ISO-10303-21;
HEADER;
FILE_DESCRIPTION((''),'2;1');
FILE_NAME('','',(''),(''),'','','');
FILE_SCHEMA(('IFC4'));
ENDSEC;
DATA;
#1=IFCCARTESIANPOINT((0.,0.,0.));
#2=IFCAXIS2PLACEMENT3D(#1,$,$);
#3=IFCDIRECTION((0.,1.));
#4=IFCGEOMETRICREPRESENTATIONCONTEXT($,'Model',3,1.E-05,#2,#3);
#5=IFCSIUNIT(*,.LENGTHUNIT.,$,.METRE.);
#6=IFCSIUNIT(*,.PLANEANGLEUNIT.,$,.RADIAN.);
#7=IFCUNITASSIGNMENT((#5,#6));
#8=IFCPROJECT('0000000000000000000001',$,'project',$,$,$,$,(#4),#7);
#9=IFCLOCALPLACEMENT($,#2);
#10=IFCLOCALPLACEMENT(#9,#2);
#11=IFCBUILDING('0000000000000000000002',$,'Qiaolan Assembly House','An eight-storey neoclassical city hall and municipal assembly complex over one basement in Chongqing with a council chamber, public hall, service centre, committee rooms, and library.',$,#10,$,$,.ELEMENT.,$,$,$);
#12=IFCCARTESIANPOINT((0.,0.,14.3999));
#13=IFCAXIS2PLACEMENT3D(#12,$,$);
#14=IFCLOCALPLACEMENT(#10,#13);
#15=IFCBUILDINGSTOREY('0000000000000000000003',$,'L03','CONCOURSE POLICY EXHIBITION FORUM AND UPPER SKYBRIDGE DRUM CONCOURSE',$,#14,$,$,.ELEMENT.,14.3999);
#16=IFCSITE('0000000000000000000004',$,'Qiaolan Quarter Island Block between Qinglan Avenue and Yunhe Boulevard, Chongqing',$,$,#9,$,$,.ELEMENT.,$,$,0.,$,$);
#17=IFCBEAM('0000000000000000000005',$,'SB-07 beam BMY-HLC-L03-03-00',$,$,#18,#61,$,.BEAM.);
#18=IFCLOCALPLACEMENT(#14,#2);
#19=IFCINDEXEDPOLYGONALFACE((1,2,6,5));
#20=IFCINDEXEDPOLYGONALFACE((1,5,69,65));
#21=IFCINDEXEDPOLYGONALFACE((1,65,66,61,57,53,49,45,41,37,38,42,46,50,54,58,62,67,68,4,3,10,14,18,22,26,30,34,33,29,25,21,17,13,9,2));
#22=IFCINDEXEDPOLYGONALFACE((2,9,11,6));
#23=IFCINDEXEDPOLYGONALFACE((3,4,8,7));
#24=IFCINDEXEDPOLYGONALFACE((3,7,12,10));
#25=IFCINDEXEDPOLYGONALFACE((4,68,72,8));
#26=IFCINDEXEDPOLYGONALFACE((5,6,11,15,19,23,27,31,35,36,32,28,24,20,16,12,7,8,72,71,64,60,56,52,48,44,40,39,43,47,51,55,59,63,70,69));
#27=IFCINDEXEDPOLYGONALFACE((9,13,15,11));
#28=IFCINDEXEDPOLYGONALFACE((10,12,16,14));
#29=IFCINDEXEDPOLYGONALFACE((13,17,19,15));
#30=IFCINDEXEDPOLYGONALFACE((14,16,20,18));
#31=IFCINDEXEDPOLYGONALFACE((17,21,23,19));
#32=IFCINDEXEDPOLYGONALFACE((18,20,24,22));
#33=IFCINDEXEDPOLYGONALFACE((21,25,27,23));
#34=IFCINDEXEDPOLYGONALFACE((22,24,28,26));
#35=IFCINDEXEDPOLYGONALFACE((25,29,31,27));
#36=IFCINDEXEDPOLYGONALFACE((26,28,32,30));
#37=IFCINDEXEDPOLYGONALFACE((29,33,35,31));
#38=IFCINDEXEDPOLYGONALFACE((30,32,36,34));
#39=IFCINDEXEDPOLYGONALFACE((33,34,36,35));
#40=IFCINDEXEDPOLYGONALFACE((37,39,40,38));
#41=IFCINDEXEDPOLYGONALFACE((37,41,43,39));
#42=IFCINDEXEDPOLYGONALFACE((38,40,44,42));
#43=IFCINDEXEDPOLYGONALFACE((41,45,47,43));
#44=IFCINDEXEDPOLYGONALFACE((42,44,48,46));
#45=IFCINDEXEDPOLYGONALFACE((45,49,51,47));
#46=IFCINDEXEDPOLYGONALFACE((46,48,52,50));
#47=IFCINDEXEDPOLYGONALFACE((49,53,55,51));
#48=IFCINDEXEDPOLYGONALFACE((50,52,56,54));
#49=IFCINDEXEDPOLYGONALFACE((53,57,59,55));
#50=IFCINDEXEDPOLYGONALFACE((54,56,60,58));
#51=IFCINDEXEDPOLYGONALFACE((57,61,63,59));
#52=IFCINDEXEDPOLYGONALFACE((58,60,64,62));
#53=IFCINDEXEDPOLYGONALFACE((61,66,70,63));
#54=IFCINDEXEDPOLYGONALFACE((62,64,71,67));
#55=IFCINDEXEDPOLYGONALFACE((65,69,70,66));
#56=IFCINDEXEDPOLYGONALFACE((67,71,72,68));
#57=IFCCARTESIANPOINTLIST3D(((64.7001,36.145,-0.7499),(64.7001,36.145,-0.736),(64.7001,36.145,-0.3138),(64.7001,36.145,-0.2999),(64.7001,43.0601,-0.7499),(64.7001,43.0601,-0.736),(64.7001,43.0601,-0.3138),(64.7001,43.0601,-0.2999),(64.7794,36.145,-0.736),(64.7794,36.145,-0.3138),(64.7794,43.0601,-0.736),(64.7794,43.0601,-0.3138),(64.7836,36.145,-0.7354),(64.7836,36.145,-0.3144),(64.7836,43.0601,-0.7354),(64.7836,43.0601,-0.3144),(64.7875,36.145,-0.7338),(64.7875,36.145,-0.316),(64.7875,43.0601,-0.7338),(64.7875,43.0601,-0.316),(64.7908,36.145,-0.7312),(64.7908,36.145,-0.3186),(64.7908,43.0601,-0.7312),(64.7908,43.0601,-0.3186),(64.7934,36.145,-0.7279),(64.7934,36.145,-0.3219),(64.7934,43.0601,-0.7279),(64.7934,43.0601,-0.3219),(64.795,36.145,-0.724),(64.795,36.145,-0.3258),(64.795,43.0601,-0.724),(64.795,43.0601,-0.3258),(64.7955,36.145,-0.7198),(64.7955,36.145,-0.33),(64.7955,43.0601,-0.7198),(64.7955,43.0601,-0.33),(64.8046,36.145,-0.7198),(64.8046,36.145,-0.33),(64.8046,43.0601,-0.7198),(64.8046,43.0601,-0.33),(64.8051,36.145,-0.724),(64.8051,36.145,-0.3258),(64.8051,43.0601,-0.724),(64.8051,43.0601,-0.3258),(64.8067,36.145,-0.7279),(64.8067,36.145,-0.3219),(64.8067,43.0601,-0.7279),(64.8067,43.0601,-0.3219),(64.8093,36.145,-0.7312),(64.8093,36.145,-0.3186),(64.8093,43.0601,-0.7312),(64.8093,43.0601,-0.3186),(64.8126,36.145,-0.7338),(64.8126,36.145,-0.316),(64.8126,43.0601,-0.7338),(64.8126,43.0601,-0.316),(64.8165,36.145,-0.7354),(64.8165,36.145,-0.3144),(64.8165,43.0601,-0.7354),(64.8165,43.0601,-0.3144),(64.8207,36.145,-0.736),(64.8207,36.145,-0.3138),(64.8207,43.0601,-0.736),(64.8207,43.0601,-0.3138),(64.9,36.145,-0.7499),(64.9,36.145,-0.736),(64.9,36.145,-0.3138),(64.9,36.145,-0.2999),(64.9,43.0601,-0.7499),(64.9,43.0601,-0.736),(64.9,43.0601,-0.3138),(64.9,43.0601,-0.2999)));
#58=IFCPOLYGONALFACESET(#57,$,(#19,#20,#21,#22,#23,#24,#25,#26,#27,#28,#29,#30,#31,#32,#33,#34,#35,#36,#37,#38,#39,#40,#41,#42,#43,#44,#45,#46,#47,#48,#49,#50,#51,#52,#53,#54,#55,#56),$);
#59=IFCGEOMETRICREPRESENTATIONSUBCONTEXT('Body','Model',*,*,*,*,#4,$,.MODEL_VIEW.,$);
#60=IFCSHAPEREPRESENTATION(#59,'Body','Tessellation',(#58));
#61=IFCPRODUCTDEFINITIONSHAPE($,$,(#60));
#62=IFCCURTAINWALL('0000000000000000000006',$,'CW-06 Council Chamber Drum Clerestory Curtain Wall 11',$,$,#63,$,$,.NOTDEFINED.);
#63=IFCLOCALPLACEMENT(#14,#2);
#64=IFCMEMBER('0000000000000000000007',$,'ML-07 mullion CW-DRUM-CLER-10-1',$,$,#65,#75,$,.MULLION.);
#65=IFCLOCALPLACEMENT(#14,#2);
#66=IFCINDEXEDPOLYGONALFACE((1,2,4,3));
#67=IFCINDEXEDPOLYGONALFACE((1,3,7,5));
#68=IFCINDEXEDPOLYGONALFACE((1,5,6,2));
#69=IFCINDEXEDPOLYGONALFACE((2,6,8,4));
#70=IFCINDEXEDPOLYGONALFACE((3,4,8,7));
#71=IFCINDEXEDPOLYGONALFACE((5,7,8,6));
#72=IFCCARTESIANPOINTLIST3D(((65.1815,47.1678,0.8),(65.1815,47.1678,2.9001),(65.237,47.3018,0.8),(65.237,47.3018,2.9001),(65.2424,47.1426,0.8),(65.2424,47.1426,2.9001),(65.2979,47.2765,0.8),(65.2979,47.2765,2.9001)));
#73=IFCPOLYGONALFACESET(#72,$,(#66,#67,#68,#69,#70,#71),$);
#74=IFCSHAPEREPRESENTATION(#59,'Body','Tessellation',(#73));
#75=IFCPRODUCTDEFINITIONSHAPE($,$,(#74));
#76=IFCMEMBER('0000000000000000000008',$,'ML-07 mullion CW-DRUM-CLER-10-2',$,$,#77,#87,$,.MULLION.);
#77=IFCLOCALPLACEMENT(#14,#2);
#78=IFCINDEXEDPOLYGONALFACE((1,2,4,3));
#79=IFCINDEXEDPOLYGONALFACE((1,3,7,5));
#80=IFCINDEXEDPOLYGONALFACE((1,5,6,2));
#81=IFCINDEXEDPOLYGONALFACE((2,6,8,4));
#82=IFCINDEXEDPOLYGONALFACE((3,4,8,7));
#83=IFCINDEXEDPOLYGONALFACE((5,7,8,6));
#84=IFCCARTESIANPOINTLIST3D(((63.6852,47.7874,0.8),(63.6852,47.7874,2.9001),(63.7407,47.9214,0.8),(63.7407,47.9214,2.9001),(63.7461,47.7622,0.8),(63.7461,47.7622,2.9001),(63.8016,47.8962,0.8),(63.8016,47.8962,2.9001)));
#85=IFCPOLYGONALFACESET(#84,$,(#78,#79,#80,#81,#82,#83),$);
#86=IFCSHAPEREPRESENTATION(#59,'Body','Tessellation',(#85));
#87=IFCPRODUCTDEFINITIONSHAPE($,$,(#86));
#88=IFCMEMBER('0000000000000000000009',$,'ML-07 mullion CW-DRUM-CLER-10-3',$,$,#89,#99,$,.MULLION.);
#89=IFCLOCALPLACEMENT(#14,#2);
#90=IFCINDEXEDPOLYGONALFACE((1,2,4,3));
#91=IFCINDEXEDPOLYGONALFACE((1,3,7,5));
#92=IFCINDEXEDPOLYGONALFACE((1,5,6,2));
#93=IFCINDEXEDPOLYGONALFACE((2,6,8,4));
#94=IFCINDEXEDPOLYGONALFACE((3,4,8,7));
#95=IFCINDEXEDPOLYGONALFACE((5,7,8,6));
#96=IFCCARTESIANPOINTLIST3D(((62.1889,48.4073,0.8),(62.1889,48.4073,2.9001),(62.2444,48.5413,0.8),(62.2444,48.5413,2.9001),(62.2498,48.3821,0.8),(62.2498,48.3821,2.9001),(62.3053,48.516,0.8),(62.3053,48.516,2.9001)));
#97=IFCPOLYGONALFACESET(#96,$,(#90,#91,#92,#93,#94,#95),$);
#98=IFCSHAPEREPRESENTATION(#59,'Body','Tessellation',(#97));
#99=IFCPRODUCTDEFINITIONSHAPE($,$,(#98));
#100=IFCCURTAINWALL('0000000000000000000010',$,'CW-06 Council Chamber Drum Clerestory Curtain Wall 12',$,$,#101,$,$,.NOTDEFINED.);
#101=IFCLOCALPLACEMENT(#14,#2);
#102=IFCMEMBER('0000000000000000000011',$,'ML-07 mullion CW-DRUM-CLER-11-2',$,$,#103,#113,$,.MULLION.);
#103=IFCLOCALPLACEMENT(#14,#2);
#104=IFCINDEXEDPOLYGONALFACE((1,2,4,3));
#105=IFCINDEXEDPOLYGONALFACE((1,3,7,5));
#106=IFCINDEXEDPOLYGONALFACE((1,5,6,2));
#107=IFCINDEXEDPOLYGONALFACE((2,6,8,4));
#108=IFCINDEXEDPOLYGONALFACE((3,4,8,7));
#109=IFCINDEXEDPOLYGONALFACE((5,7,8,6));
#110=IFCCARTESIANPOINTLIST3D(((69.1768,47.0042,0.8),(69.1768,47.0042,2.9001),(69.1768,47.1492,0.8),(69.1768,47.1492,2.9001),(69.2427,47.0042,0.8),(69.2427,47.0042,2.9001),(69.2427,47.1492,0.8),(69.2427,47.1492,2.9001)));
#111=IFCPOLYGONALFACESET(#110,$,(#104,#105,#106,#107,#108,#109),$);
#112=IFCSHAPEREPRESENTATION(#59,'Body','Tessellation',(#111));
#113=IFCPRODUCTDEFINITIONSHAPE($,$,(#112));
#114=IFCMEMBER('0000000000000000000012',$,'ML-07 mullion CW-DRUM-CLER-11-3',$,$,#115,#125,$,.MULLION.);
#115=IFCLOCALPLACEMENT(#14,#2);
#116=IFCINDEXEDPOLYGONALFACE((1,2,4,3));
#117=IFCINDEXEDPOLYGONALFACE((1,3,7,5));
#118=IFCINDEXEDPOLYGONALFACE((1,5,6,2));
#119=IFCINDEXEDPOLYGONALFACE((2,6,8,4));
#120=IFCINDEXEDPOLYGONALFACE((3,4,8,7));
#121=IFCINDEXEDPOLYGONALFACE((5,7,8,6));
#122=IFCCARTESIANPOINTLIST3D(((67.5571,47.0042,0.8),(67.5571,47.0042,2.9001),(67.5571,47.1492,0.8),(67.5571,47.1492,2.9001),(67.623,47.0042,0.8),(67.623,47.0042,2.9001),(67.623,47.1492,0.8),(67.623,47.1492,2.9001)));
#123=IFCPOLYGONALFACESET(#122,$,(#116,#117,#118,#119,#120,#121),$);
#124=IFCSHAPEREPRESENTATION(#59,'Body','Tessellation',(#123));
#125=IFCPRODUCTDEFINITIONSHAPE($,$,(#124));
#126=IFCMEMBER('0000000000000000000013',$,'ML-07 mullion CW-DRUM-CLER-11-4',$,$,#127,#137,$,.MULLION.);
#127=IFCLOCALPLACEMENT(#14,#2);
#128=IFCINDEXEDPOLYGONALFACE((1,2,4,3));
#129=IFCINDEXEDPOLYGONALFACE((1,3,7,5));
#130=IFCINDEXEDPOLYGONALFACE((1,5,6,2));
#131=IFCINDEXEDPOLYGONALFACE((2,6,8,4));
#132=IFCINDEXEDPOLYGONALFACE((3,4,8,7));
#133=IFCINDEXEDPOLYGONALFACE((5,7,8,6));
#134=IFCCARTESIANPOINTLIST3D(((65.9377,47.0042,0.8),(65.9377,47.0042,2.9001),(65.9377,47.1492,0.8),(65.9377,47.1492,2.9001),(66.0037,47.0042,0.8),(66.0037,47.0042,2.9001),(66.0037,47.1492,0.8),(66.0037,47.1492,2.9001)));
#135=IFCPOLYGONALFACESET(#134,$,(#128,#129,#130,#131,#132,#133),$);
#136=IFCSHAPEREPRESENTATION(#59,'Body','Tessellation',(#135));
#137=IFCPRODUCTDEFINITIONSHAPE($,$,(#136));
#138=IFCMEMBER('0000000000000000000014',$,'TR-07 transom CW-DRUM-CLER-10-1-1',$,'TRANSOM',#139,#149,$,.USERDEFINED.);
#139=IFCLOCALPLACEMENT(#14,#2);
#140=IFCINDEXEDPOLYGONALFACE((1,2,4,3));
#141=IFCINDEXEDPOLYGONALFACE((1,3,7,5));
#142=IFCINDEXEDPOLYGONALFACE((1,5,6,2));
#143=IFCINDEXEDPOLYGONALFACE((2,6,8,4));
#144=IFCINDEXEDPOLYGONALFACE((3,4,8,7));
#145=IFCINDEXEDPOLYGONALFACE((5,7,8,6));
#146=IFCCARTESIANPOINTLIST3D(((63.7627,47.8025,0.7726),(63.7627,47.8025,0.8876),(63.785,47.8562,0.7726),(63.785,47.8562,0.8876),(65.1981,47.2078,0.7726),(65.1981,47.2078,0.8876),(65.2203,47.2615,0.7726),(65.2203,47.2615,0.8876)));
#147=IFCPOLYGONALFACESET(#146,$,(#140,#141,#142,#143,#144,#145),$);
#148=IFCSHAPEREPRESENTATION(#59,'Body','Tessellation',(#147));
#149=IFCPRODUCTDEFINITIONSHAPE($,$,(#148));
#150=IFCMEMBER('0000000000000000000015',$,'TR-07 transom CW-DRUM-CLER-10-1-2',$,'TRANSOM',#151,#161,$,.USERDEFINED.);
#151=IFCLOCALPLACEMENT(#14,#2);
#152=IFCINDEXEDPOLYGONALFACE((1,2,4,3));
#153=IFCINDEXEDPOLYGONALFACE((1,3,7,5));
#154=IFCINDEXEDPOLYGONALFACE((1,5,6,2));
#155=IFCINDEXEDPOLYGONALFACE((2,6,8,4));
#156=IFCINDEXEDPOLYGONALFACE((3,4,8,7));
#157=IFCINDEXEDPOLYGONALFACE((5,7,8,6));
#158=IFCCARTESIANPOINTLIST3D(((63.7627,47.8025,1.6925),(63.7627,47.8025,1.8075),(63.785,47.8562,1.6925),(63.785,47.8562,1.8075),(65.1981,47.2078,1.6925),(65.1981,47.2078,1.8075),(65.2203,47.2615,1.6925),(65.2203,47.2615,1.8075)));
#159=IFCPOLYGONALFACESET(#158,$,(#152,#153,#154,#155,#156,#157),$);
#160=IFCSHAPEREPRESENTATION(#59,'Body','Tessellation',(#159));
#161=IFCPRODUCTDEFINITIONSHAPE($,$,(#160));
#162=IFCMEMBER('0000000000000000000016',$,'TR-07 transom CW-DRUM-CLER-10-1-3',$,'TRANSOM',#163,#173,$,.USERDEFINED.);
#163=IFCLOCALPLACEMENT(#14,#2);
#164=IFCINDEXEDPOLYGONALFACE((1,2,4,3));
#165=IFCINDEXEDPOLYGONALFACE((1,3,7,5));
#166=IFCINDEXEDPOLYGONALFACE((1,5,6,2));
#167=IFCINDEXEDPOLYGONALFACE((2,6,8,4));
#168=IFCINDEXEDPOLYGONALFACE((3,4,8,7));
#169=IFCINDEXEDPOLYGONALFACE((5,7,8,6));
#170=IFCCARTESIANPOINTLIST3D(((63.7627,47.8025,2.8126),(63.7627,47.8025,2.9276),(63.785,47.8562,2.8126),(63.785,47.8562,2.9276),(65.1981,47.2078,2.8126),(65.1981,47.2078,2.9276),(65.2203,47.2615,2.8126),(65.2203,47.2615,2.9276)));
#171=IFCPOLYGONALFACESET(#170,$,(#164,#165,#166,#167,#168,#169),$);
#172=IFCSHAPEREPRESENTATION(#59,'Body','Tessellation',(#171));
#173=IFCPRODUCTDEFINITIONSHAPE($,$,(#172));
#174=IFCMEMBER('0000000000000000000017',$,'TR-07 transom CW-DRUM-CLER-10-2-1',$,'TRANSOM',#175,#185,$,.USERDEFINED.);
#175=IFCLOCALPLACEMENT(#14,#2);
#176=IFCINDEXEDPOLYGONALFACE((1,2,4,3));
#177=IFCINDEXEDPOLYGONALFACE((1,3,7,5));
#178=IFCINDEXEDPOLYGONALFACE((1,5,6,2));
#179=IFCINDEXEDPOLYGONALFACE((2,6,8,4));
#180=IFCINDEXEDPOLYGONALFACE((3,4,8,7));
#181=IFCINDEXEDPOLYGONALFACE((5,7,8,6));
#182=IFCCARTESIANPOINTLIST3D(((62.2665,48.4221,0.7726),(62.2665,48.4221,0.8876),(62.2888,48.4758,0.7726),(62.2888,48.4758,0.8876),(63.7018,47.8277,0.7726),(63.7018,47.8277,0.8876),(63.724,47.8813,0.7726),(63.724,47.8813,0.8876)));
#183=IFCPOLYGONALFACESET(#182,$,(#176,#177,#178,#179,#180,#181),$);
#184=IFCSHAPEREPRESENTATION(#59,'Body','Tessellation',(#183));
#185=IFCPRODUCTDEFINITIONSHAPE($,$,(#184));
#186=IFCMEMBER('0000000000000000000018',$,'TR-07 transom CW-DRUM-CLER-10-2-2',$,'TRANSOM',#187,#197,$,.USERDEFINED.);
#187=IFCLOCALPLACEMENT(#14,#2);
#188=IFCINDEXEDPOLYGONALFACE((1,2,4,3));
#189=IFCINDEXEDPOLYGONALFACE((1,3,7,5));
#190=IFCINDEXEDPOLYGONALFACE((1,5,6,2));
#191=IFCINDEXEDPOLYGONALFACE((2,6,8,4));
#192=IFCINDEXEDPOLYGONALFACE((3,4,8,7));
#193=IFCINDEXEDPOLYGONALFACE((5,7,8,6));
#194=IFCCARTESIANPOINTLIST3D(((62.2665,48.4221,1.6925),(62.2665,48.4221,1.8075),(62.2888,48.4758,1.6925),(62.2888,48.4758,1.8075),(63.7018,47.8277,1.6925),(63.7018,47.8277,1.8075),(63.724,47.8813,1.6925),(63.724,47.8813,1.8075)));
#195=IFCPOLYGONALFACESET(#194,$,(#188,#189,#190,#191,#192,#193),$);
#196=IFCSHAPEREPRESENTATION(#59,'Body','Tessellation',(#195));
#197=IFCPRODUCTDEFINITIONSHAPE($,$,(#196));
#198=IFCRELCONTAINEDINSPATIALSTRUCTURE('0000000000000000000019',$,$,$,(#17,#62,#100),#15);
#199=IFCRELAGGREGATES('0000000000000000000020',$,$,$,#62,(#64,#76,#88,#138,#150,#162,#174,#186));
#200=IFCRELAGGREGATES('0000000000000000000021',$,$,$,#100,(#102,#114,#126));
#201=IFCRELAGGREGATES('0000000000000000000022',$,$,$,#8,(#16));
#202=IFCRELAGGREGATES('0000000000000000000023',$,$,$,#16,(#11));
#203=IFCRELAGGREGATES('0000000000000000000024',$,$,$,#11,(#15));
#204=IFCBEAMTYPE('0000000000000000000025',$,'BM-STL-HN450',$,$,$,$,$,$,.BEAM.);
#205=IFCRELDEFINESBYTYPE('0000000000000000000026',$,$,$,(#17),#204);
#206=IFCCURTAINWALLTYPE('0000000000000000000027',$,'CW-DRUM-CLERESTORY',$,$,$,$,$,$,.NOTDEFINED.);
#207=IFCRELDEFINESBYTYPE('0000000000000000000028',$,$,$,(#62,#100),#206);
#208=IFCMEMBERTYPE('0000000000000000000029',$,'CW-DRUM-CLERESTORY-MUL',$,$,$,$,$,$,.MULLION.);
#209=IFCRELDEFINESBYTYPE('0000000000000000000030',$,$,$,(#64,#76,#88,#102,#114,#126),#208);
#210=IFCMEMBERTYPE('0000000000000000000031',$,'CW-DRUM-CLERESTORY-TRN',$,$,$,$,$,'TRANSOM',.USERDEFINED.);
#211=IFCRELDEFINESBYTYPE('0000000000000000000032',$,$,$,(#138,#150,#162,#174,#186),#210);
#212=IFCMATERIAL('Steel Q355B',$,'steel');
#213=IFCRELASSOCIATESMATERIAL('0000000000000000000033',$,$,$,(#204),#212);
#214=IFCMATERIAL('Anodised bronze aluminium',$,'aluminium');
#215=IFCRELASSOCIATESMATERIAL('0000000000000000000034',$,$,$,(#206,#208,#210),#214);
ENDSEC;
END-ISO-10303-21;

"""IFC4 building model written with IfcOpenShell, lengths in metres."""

from ifc_helpers import new_model, si_unit, direction, frame, origin, origin_2d, place, context, subcontext, project, spatial, rectangle, i_section, extrude, material, material_profile, profile_set, type_object, element, aggregate, save


model = new_model("IFC4")

# Units and contexts
model_context = context("Model", 3, precision=1e-05, world=origin(), true_north=direction((0.0, 1.0)))
body_context = subcontext(model_context, "Body", "Model", "MODEL_VIEW")
ifc_project = project(units=[si_unit("LENGTHUNIT", "METRE"), si_unit("PLANEANGLEUNIT", "RADIAN")], contexts=[model_context])

# Site, building, storey
site_placement = place(None, origin())
site = spatial("IfcSite", under=ifc_project, at=site_placement, Name="Qiaolan Quarter Island Block between Qinglan Avenue and Yunhe Boulevard, Chongqing", CompositionType="ELEMENT", RefElevation=0.0)
building_placement = place(site_placement, origin())
building = spatial("IfcBuilding", under=site, at=building_placement, Name="Qiaolan Assembly House", Description="An eight-storey neoclassical city hall and municipal assembly complex over one basement in Chongqing with a council chamber, public hall, service centre, committee rooms, and library.", CompositionType="ELEMENT")
storey_placement = place(building_placement, frame((0.0, 0.0, 14.3999)))
storey = spatial("IfcBuildingStorey", under=building, at=storey_placement, Name="L03", Description="CONCOURSE POLICY EXHIBITION FORUM AND UPPER SKYBRIDGE DRUM CONCOURSE", CompositionType="ELEMENT", Elevation=14.3999)

# Shared definitions
ifc_material_1 = material(Name="Steel Q355B", Category="steel")

# Beam
ifc_material_profile_1 = material_profile(ifc_material_1, i_section(OverallWidth=0.2, OverallDepth=0.45, WebThickness=0.009, FlangeThickness=0.0139, FilletRadius=0.0161, at=origin_2d()), Name="HN 450x200x9x14")
ifc_profile_set_1 = profile_set([ifc_material_profile_1], Name="Steel Q355B")
beam_type_1 = type_object("IfcBeamType", Name="BM-STL-HN450", PredefinedType="BEAM", material=ifc_profile_set_1)
beam_1_placement = place(storey_placement, frame((64.8, 36.145, -0.5249), z_axis=(0.0, 1.0, 0.0), x_axis=(-1.0, 0.0, 0.0)))
element("IfcBeam", 1, at=beam_1_placement, inside=storey, type_object=beam_type_1, Name="SB-07 beam BMY-HLC-L03-03-00", PredefinedType="BEAM", context=body_context, shape_type="SweptSolid", body=[
    extrude(i_section(OverallWidth=0.2, OverallDepth=0.45, WebThickness=0.009, FlangeThickness=0.0139, FilletRadius=0.0161, at=origin_2d()), origin(), (0.0, 0.0, 1.0), 6.915),
])

# Curtain walls, members
ifc_material_2 = material(Name="Anodised bronze aluminium", Category="aluminium")
curtain_wall_type = type_object("IfcCurtainWallType", Name="CW-DRUM-CLERESTORY", PredefinedType="NOTDEFINED", material=ifc_material_2)
curtain_wall_1_placement = place(storey_placement, origin())
curtain_wall_1 = element("IfcCurtainWall", 2, at=curtain_wall_1_placement, inside=storey, type_object=curtain_wall_type, Name="CW-06 Council Chamber Drum Clerestory Curtain Wall 11", PredefinedType="NOTDEFINED")
ifc_material_profile_2 = material_profile(ifc_material_2, rectangle(XDim=0.0659, YDim=0.145, at=origin_2d()), Name="MUL 66x145")
ifc_profile_set_2 = profile_set([ifc_material_profile_2], Name="Anodised bronze aluminium")
member_type_1 = type_object("IfcMemberType", Name="CW-DRUM-CLERESTORY-MUL", PredefinedType="MULLION", material=ifc_profile_set_2)
member_1_placement = place(storey_placement, frame((65.2397, 47.2222, 0.8), z_axis=(0.0, 0.0, 1.0), x_axis=(-0.92388, 0.382683, 0.0)))
member_1 = element("IfcMember", 3, at=member_1_placement, type_object=member_type_1, Name="ML-07 mullion CW-DRUM-CLER-10-1", PredefinedType="MULLION", context=body_context, shape_type="SweptSolid", body=[
    extrude(rectangle(XDim=0.0659, YDim=0.145, at=origin_2d()), origin(), (0.0, 0.0, 1.0), 2.1001),
])
member_2_placement = place(storey_placement, frame((63.7434, 47.8418, 0.8), z_axis=(0.0, 0.0, 1.0), x_axis=(-0.92388, 0.382683, 0.0)))
member_2 = element("IfcMember", 4, at=member_2_placement, type_object=member_type_1, Name="ML-07 mullion CW-DRUM-CLER-10-2", PredefinedType="MULLION", context=body_context, shape_type="SweptSolid", body=[
    extrude(rectangle(XDim=0.0659, YDim=0.145, at=origin_2d()), origin(), (0.0, 0.0, 1.0), 2.1001),
])
member_3_placement = place(storey_placement, frame((62.2471, 48.4617, 0.8), z_axis=(0.0, 0.0, 1.0), x_axis=(-0.92388, 0.382683, 0.0)))
member_3 = element("IfcMember", 5, at=member_3_placement, type_object=member_type_1, Name="ML-07 mullion CW-DRUM-CLER-10-3", PredefinedType="MULLION", context=body_context, shape_type="SweptSolid", body=[
    extrude(rectangle(XDim=0.0659, YDim=0.145, at=origin_2d()), origin(), (0.0, 0.0, 1.0), 2.1001),
])
curtain_wall_2_placement = place(storey_placement, origin())
curtain_wall_2 = element("IfcCurtainWall", 6, at=curtain_wall_2_placement, inside=storey, type_object=curtain_wall_type, Name="CW-06 Council Chamber Drum Clerestory Curtain Wall 12", PredefinedType="NOTDEFINED")
member_4_placement = place(storey_placement, frame((69.2097, 47.0767, 0.8), z_axis=(0.0, 0.0, 1.0), x_axis=(-1.0, 0.0, 0.0)))
member_4 = element("IfcMember", 7, at=member_4_placement, type_object=member_type_1, Name="ML-07 mullion CW-DRUM-CLER-11-2", PredefinedType="MULLION", context=body_context, shape_type="SweptSolid", body=[
    extrude(rectangle(XDim=0.0659, YDim=0.145, at=origin_2d()), origin(), (0.0, 0.0, 1.0), 2.1001),
])
member_5_placement = place(storey_placement, frame((67.5901, 47.0767, 0.8), z_axis=(0.0, 0.0, 1.0), x_axis=(-1.0, 0.0, 0.0)))
member_5 = element("IfcMember", 8, at=member_5_placement, type_object=member_type_1, Name="ML-07 mullion CW-DRUM-CLER-11-3", PredefinedType="MULLION", context=body_context, shape_type="SweptSolid", body=[
    extrude(rectangle(XDim=0.0659, YDim=0.145, at=origin_2d()), origin(), (0.0, 0.0, 1.0), 2.1001),
])
member_6_placement = place(storey_placement, frame((65.9707, 47.0767, 0.8), z_axis=(0.0, 0.0, 1.0), x_axis=(-1.0, 0.0, 0.0)))
member_6 = element("IfcMember", 9, at=member_6_placement, type_object=member_type_1, Name="ML-07 mullion CW-DRUM-CLER-11-4", PredefinedType="MULLION", context=body_context, shape_type="SweptSolid", body=[
    extrude(rectangle(XDim=0.0659, YDim=0.145, at=origin_2d()), origin(), (0.0, 0.0, 1.0), 2.1001),
])

# Members
ifc_material_profile_3 = material_profile(ifc_material_2, rectangle(XDim=0.0581, YDim=0.115, at=origin_2d()), Name="TRN 58x115")
ifc_profile_set_3 = profile_set([ifc_material_profile_3], Name="Anodised bronze aluminium")
member_type_2 = type_object("IfcMemberType", Name="CW-DRUM-CLERESTORY-TRN", ElementType="TRANSOM", PredefinedType="USERDEFINED", material=ifc_profile_set_3)
member_7_placement = place(storey_placement, frame((65.2092, 47.2346, 0.8301), z_axis=(-0.923833, 0.382796, 0.0), x_axis=(-0.382796, -0.923833, 0.0)))
member_7 = element("IfcMember", 10, at=member_7_placement, type_object=member_type_2, Name="TR-07 transom CW-DRUM-CLER-10-1-1", ObjectType="TRANSOM", PredefinedType="USERDEFINED", context=body_context, shape_type="SweptSolid", body=[
    extrude(rectangle(XDim=0.0581, YDim=0.115, at=origin_2d()), origin(), (0.0, 0.0, 1.0), 1.5537),
])
member_8_placement = place(storey_placement, frame((65.2092, 47.2346, 1.75), z_axis=(-0.923833, 0.382796, 0.0), x_axis=(-0.382796, -0.923833, 0.0)))
member_8 = element("IfcMember", 11, at=member_8_placement, type_object=member_type_2, Name="TR-07 transom CW-DRUM-CLER-10-1-2", ObjectType="TRANSOM", PredefinedType="USERDEFINED", context=body_context, shape_type="SweptSolid", body=[
    extrude(rectangle(XDim=0.0581, YDim=0.115, at=origin_2d()), origin(), (0.0, 0.0, 1.0), 1.5537),
])
member_9_placement = place(storey_placement, frame((65.2092, 47.2346, 2.8701), z_axis=(-0.923833, 0.382796, 0.0), x_axis=(-0.382796, -0.923833, 0.0)))
member_9 = element("IfcMember", 12, at=member_9_placement, type_object=member_type_2, Name="TR-07 transom CW-DRUM-CLER-10-1-3", ObjectType="TRANSOM", PredefinedType="USERDEFINED", context=body_context, shape_type="SweptSolid", body=[
    extrude(rectangle(XDim=0.0581, YDim=0.115, at=origin_2d()), origin(), (0.0, 0.0, 1.0), 1.5537),
])
member_10_placement = place(storey_placement, frame((63.7129, 47.8545, 0.8301), z_axis=(-0.923889, 0.382662, 0.0), x_axis=(-0.382662, -0.923889, 0.0)))
member_10 = element("IfcMember", 13, at=member_10_placement, type_object=member_type_2, Name="TR-07 transom CW-DRUM-CLER-10-2-1", ObjectType="TRANSOM", PredefinedType="USERDEFINED", context=body_context, shape_type="SweptSolid", body=[
    extrude(rectangle(XDim=0.0581, YDim=0.115, at=origin_2d()), origin(), (0.0, 0.0, 1.0), 1.5535),
])
member_11_placement = place(storey_placement, frame((63.7129, 47.8545, 1.75), z_axis=(-0.923889, 0.382662, 0.0), x_axis=(-0.382662, -0.923889, 0.0)))
member_11 = element("IfcMember", 14, at=member_11_placement, type_object=member_type_2, Name="TR-07 transom CW-DRUM-CLER-10-2-2", ObjectType="TRANSOM", PredefinedType="USERDEFINED", context=body_context, shape_type="SweptSolid", body=[
    extrude(rectangle(XDim=0.0581, YDim=0.115, at=origin_2d()), origin(), (0.0, 0.0, 1.0), 1.5535),
])

aggregate(curtain_wall_1, [member_1, member_2, member_3, member_7, member_8, member_9, member_10, member_11])
aggregate(curtain_wall_2, [member_4, member_5, member_6])

save(model, "model.ifc")
